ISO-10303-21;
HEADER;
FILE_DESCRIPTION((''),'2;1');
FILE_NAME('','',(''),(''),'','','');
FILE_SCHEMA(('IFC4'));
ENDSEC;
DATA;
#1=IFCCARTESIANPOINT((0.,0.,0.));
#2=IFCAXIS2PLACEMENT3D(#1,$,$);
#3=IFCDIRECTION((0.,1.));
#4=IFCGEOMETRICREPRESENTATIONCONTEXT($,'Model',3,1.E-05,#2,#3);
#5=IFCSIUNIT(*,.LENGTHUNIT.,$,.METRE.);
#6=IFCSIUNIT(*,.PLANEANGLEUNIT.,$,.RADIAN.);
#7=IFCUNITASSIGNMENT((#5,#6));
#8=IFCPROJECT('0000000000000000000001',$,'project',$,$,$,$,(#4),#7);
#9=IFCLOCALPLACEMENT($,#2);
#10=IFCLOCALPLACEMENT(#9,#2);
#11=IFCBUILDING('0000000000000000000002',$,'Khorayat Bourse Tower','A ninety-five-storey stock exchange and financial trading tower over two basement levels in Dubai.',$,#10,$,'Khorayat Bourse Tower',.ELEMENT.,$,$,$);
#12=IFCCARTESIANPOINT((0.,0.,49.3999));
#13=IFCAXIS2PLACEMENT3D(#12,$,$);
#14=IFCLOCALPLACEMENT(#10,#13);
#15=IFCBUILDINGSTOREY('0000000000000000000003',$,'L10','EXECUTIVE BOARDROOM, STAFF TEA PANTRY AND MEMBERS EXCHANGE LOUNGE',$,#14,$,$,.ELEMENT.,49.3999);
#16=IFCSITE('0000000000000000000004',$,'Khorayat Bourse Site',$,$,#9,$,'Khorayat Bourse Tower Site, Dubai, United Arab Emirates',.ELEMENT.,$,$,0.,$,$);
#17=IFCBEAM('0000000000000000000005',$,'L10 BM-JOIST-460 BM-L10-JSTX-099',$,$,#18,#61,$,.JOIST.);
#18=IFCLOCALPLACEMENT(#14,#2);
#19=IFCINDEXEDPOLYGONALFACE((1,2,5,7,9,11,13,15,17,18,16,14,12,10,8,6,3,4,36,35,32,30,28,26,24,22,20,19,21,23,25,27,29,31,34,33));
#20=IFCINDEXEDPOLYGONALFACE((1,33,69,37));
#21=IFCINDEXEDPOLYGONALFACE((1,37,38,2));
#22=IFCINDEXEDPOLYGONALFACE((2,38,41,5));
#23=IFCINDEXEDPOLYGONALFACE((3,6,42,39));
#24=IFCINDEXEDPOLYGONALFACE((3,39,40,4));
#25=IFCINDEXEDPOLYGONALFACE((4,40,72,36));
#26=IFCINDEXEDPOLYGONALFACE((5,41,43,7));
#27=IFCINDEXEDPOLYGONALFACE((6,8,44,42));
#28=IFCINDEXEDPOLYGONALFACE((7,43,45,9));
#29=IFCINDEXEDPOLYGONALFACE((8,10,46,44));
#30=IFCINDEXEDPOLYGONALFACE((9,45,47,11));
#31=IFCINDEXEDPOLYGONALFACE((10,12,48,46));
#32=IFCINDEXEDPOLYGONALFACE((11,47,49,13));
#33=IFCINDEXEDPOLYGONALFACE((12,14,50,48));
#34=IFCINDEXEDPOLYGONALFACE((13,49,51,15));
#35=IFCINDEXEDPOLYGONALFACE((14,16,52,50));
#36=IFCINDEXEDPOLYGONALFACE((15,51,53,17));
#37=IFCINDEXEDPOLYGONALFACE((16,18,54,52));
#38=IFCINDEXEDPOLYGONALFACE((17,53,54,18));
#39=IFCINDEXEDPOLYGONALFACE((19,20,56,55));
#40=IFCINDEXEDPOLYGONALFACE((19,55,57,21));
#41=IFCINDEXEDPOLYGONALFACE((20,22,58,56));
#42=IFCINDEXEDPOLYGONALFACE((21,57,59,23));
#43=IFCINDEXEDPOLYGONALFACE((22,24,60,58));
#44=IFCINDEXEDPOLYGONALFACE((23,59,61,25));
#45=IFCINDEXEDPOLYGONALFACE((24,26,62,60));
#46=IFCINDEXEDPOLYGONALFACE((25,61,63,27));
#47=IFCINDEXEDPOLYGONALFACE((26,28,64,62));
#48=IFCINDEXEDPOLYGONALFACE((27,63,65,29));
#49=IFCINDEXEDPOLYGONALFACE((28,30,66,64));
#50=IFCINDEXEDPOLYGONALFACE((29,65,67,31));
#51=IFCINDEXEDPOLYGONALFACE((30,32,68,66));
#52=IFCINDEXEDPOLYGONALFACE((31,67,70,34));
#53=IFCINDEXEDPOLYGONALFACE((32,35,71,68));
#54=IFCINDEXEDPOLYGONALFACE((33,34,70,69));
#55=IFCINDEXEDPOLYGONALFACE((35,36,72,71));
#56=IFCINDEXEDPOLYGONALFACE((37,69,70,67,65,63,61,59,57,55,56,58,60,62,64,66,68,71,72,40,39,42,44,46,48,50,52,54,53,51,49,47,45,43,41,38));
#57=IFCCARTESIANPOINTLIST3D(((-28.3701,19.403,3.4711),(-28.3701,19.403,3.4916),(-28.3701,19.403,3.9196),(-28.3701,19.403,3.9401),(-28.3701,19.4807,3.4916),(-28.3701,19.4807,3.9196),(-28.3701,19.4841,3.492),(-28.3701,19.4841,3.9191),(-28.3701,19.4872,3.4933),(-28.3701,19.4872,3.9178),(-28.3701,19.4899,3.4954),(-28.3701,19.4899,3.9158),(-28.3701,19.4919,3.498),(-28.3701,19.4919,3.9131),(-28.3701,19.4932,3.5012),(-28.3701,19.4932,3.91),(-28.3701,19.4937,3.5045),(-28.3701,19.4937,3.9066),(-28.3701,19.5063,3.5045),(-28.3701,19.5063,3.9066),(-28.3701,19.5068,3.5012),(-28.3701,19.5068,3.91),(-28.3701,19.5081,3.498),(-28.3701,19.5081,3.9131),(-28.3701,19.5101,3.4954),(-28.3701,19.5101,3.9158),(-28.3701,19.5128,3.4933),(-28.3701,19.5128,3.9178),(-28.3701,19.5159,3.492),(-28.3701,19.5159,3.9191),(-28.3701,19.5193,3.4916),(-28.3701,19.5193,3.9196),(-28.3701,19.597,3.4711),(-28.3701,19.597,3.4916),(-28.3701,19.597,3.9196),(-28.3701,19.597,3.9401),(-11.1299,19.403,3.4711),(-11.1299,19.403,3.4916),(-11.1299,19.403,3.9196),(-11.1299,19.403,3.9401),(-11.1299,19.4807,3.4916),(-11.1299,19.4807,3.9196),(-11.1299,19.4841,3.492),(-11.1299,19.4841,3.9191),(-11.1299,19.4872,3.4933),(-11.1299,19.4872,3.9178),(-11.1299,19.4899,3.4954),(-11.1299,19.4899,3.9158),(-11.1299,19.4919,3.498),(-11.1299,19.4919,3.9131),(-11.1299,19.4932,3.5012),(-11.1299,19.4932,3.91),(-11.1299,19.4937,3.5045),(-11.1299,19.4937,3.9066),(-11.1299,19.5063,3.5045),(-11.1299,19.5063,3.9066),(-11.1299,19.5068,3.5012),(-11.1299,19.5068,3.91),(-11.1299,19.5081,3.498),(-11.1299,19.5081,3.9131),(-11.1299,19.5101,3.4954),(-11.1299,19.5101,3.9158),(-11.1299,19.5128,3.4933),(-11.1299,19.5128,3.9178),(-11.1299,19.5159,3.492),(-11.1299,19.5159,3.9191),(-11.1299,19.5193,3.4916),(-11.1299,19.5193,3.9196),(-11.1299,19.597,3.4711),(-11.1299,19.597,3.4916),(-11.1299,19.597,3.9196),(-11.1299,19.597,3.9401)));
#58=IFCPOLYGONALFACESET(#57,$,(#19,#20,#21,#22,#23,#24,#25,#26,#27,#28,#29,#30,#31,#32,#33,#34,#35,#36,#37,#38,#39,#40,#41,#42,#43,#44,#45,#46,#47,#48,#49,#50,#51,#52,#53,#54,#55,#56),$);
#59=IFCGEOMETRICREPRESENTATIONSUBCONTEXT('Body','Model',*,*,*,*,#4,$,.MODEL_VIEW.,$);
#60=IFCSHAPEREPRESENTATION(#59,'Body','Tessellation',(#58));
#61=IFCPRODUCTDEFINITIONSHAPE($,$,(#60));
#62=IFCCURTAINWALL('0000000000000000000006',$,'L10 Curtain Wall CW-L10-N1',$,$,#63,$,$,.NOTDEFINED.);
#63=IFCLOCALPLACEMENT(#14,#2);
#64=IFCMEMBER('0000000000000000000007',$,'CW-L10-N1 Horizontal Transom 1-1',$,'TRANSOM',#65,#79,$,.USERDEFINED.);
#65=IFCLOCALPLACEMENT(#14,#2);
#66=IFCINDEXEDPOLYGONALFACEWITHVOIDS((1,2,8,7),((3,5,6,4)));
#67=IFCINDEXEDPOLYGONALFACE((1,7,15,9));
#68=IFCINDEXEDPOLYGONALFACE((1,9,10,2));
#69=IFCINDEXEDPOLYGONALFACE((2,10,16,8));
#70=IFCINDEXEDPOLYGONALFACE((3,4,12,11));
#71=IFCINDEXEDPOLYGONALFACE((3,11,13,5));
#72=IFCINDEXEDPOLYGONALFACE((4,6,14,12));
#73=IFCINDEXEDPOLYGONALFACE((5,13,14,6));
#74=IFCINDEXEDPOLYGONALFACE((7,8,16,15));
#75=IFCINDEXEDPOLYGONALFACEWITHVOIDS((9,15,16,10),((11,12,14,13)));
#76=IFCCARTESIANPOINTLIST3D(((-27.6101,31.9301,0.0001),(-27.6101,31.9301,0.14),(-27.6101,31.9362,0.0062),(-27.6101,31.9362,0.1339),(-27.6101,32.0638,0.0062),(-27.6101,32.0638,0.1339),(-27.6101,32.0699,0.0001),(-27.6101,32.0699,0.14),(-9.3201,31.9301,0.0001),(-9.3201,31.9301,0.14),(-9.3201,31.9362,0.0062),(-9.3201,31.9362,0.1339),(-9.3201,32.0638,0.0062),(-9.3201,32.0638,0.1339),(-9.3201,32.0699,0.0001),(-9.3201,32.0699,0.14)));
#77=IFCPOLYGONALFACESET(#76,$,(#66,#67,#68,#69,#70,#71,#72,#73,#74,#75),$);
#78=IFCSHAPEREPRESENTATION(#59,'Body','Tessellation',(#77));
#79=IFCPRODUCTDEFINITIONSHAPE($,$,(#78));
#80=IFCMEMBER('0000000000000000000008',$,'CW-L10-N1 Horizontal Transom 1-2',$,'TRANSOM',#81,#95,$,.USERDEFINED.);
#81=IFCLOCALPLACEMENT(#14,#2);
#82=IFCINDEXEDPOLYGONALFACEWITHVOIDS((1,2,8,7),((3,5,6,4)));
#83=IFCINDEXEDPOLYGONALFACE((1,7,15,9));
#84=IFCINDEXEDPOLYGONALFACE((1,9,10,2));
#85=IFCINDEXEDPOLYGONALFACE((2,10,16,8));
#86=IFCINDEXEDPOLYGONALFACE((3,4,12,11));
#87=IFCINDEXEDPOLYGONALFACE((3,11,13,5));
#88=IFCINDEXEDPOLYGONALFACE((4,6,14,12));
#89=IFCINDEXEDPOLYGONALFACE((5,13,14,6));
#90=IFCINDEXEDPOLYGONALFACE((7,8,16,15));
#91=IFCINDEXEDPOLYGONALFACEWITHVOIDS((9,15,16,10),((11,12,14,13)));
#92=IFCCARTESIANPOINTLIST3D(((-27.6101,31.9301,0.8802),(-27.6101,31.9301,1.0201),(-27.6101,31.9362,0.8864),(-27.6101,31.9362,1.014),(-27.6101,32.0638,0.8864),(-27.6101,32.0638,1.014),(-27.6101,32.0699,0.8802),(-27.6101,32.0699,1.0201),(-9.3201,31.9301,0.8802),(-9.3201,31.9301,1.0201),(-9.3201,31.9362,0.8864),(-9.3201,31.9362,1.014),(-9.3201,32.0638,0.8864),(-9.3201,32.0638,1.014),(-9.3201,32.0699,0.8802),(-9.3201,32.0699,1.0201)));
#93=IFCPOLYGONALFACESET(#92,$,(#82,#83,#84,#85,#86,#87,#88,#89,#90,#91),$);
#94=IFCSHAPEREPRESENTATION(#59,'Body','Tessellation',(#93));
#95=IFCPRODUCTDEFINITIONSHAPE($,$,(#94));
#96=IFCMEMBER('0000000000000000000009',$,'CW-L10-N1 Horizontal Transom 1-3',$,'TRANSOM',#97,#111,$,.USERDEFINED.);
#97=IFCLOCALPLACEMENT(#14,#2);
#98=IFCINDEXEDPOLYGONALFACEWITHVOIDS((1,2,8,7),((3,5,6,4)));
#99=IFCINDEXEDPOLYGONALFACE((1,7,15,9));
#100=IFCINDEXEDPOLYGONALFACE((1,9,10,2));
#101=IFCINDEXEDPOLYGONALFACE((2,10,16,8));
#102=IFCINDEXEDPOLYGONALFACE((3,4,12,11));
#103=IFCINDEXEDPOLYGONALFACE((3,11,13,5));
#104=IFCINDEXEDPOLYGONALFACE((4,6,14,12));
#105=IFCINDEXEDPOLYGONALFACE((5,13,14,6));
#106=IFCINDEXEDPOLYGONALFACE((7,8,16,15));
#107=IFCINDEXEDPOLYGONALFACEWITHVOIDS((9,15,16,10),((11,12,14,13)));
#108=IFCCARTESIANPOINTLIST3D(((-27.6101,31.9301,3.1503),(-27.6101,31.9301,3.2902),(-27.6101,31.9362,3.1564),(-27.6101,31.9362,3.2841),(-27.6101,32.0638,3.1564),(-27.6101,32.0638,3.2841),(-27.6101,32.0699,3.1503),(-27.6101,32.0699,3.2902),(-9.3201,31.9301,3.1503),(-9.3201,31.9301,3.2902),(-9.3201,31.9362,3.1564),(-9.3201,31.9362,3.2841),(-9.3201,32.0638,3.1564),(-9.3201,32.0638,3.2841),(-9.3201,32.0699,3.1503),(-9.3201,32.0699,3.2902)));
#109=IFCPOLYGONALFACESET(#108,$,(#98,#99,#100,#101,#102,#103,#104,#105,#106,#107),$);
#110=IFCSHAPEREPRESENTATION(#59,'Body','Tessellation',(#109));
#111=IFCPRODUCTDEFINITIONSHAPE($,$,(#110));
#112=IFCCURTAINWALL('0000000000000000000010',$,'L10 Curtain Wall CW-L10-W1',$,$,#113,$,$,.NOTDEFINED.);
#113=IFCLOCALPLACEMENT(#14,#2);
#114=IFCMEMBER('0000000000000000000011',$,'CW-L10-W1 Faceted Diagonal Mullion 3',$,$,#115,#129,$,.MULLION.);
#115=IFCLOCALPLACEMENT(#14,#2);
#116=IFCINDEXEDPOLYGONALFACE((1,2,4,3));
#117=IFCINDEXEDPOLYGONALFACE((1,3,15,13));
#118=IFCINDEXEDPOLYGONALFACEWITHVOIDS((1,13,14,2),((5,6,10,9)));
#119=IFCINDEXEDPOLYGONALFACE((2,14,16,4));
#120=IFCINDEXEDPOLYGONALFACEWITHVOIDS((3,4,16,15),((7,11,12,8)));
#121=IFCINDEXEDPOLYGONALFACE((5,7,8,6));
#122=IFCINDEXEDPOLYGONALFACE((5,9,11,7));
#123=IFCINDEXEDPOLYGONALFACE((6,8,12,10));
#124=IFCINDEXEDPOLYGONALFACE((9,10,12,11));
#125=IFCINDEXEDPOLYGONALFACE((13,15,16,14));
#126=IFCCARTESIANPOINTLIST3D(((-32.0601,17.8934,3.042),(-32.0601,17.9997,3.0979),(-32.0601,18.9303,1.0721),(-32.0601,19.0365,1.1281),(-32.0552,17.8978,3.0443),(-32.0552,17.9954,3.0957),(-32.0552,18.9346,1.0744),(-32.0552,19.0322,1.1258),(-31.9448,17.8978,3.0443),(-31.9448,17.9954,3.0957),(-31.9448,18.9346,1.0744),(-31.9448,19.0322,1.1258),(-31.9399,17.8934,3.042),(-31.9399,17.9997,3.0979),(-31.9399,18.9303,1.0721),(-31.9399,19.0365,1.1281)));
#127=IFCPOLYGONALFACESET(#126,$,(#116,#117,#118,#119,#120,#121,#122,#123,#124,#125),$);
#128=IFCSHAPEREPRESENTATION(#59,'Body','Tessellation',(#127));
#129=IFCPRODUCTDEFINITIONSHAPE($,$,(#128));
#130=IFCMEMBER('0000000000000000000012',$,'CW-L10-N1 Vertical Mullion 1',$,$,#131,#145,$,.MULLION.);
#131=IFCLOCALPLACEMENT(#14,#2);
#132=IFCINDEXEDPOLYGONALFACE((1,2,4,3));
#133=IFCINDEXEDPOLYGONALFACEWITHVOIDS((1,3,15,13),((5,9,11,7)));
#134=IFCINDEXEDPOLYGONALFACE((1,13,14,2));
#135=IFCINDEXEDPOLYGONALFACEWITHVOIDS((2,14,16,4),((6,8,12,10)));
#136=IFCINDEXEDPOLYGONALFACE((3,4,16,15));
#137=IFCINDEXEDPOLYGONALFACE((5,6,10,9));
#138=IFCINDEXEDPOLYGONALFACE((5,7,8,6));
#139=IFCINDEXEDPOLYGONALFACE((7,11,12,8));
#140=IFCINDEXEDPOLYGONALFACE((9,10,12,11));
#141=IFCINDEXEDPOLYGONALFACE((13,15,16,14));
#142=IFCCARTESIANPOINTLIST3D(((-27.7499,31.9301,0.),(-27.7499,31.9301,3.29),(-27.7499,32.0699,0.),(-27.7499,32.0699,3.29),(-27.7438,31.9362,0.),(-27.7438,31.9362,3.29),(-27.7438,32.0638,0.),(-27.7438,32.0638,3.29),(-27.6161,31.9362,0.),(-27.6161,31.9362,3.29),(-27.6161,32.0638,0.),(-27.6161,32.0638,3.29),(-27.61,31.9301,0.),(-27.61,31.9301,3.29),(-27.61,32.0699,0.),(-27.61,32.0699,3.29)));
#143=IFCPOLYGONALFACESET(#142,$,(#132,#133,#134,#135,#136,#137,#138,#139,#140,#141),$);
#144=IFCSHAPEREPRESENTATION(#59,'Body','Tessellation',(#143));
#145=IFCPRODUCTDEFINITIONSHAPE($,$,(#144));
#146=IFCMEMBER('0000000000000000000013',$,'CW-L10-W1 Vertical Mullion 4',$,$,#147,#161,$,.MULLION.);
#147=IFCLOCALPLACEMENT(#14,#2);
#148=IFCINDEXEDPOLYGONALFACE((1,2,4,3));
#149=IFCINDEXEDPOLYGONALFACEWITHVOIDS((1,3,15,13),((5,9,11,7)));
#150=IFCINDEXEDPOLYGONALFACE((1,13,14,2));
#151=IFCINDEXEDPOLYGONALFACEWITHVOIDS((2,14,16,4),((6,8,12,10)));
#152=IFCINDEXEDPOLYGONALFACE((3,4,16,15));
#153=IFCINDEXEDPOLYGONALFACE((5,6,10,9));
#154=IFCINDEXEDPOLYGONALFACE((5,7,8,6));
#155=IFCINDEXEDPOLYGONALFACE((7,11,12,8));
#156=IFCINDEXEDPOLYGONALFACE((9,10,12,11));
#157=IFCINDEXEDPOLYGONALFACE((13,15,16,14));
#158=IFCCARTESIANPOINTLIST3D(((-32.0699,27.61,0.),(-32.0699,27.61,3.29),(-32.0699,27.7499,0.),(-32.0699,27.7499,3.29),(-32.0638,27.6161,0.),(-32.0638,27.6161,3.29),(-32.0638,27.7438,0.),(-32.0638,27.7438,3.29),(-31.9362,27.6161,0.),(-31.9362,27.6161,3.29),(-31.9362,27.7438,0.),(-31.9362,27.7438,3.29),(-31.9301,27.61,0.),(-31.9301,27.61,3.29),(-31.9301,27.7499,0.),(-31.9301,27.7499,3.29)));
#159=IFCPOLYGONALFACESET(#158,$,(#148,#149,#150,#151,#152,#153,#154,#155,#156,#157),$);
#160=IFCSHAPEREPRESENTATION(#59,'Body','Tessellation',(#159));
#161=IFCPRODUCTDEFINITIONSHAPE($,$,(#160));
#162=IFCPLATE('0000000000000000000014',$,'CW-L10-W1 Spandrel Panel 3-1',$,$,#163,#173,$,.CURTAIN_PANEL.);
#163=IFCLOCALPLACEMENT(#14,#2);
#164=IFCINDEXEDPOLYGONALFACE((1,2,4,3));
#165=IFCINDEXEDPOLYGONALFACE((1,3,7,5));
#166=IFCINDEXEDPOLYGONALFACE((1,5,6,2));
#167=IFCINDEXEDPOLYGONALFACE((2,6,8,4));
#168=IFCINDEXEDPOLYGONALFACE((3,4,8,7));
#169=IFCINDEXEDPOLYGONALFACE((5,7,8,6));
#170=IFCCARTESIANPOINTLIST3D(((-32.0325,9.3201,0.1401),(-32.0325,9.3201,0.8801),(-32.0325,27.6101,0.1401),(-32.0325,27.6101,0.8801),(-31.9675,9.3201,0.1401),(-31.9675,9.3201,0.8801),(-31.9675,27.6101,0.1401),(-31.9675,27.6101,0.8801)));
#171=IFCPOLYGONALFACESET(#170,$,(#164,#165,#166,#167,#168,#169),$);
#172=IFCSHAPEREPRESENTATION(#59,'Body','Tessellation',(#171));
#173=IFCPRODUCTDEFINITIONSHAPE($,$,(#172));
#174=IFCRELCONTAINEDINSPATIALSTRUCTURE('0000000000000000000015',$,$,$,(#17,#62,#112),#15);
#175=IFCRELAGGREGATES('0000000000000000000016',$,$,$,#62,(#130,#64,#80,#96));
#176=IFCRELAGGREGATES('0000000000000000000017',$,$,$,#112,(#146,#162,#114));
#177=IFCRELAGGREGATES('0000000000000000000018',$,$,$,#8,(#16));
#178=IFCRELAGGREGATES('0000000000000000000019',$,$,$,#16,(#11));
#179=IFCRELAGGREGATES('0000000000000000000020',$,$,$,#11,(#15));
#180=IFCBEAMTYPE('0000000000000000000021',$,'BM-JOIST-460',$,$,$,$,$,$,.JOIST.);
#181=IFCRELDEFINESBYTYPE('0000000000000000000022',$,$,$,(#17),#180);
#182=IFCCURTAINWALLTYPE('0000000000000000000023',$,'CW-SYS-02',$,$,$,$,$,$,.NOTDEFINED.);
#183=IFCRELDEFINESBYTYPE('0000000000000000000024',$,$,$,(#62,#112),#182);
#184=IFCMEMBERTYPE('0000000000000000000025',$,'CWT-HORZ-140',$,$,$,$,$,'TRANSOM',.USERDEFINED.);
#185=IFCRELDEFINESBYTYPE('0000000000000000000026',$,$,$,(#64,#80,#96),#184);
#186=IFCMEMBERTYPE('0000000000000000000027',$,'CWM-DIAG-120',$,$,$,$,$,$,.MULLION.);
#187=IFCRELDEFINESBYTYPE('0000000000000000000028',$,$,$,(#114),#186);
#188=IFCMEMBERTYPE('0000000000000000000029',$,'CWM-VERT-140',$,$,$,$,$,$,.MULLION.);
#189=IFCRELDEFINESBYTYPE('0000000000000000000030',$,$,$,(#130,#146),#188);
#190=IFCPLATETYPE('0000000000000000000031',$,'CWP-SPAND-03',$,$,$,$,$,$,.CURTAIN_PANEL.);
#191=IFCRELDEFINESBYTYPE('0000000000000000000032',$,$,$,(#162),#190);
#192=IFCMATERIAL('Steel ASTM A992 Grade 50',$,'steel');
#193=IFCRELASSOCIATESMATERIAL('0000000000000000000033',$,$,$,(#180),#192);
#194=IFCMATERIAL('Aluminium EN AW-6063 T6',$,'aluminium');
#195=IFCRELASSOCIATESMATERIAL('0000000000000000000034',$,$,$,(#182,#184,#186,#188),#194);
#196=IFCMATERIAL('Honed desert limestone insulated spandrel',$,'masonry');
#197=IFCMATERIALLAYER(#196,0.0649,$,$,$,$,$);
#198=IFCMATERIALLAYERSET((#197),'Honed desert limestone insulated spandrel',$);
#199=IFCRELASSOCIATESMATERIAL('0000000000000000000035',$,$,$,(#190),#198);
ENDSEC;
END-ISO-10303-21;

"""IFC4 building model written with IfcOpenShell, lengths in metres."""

from ifc_helpers import new_model, si_unit, direction, frame, origin, origin_2d, place, context, subcontext, project, spatial, rectangle, hollow_rectangle, i_section, extrude, source, transform, mapped, material, layer, layer_set, material_profile, profile_set, type_object, element, aggregate, save


model = new_model("IFC4")

# Units and contexts
model_context = context("Model", 3, precision=1e-05, world=origin(), true_north=direction((0.0, 1.0)))
body_context = subcontext(model_context, "Body", "Model", "MODEL_VIEW")
ifc_project = project(units=[si_unit("LENGTHUNIT", "METRE"), si_unit("PLANEANGLEUNIT", "RADIAN")], contexts=[model_context])

# Site, building, storey
site_placement = place(None, origin())
site = spatial("IfcSite", under=ifc_project, at=site_placement, Name="Khorayat Bourse Site", LongName="Khorayat Bourse Tower Site, Dubai, United Arab Emirates", CompositionType="ELEMENT", RefElevation=0.0)
building_placement = place(site_placement, origin())
building = spatial("IfcBuilding", under=site, at=building_placement, Name="Khorayat Bourse Tower", Description="A ninety-five-storey stock exchange and financial trading tower over two basement levels in Dubai.", LongName="Khorayat Bourse Tower", CompositionType="ELEMENT")
storey_placement = place(building_placement, frame((0.0, 0.0, 49.3999)))
storey = spatial("IfcBuildingStorey", under=building, at=storey_placement, Name="L10", Description="EXECUTIVE BOARDROOM, STAFF TEA PANTRY AND MEMBERS EXCHANGE LOUNGE", CompositionType="ELEMENT", Elevation=49.3999)

# Beam
ifc_material_1 = material(Name="Steel ASTM A992 Grade 50", Category="steel")
ifc_material_profile_1 = material_profile(ifc_material_1, i_section(OverallWidth=0.1941, OverallDepth=0.469, WebThickness=0.0127, FlangeThickness=0.0205, FilletRadius=0.0129, at=origin_2d()), Name="W460X106")
ifc_profile_set_1 = profile_set([ifc_material_profile_1], Name="Steel ASTM A992 Grade 50")
beam_type_1 = type_object("IfcBeamType", Name="BM-JOIST-460", PredefinedType="JOIST", material=ifc_profile_set_1)
shared_shape_1 = source(origin(), body_context, "Body", "SweptSolid", [
    extrude(i_section(OverallWidth=0.1941, OverallDepth=0.469, WebThickness=0.0127, FlangeThickness=0.0205, FilletRadius=0.0129, at=origin_2d()), origin(), (0.0, 0.0, 1.0), 17.2402),
])
beam_1_placement = place(storey_placement, frame((-28.3701, 19.5, 3.7056), z_axis=(1.0, 0.0, 0.0), x_axis=(0.0, 1.0, 0.0)))
element("IfcBeam", 1, at=beam_1_placement, inside=storey, type_object=beam_type_1, Name="L10 BM-JOIST-460 BM-L10-JSTX-099", PredefinedType="JOIST", context=body_context, shape_type="MappedRepresentation", body=[
    mapped(shared_shape_1, transform((0.0, 0.0, 0.0), scale=1.0)),
])

# Curtain wall, members
ifc_material_2 = material(Name="Aluminium EN AW-6063 T6", Category="aluminium")
curtain_wall_type = type_object("IfcCurtainWallType", Name="CW-SYS-02", PredefinedType="NOTDEFINED", material=ifc_material_2)
curtain_wall_1_placement = place(storey_placement, origin())
curtain_wall_1 = element("IfcCurtainWall", 2, at=curtain_wall_1_placement, inside=storey, type_object=curtain_wall_type, Name="L10 Curtain Wall CW-L10-N1", PredefinedType="NOTDEFINED")
ifc_material_profile_2 = material_profile(ifc_material_2, hollow_rectangle(XDim=0.1399, YDim=0.1399, WallThickness=0.0061, at=origin_2d()), Name="ALU 140x140x6")
ifc_profile_set_2 = profile_set([ifc_material_profile_2], Name="Aluminium EN AW-6063 T6")
member_type_1 = type_object("IfcMemberType", Name="CWT-HORZ-140", ElementType="TRANSOM", PredefinedType="USERDEFINED", material=ifc_profile_set_2)
shared_shape_2 = source(origin(), body_context, "Body", "SweptSolid", [
    extrude(hollow_rectangle(XDim=0.1399, YDim=0.1399, WallThickness=0.0061, at=origin_2d()), origin(), (0.0, 0.0, 1.0), 18.29),
])
member_1_placement = place(storey_placement, frame((-27.6101, 32.0, 0.0701), z_axis=(1.0, 0.0, 0.0), x_axis=(0.0, 1.0, 0.0)))
member_1 = element("IfcMember", 3, at=member_1_placement, type_object=member_type_1, Name="CW-L10-N1 Horizontal Transom 1-1", ObjectType="TRANSOM", PredefinedType="USERDEFINED", context=body_context, shape_type="MappedRepresentation", body=[
    mapped(shared_shape_2, transform((0.0, 0.0, 0.0), scale=1.0)),
])
member_2_placement = place(storey_placement, frame((-27.6101, 32.0, 0.9502), z_axis=(1.0, 0.0, 0.0), x_axis=(0.0, 1.0, 0.0)))
member_2 = element("IfcMember", 4, at=member_2_placement, type_object=member_type_1, Name="CW-L10-N1 Horizontal Transom 1-2", ObjectType="TRANSOM", PredefinedType="USERDEFINED", context=body_context, shape_type="MappedRepresentation", body=[
    mapped(shared_shape_2, transform((0.0, 0.0, 0.0), scale=1.0)),
])
member_3_placement = place(storey_placement, frame((-27.6101, 32.0, 3.2202), z_axis=(1.0, 0.0, 0.0), x_axis=(0.0, 1.0, 0.0)))
member_3 = element("IfcMember", 5, at=member_3_placement, type_object=member_type_1, Name="CW-L10-N1 Horizontal Transom 1-3", ObjectType="TRANSOM", PredefinedType="USERDEFINED", context=body_context, shape_type="MappedRepresentation", body=[
    mapped(shared_shape_2, transform((0.0, 0.0, 0.0), scale=1.0)),
])

# Curtain wall, member
curtain_wall_2_placement = place(storey_placement, origin())
curtain_wall_2 = element("IfcCurtainWall", 6, at=curtain_wall_2_placement, inside=storey, type_object=curtain_wall_type, Name="L10 Curtain Wall CW-L10-W1", PredefinedType="NOTDEFINED")
ifc_material_profile_3 = material_profile(ifc_material_2, hollow_rectangle(XDim=0.1201, YDim=0.1201, WallThickness=0.0049, at=origin_2d()), Name="ALU 120x120x5")
ifc_profile_set_3 = profile_set([ifc_material_profile_3], Name="Aluminium EN AW-6063 T6")
member_type_2 = type_object("IfcMemberType", Name="CWM-DIAG-120", PredefinedType="MULLION", material=ifc_profile_set_3)
shared_shape_3 = source(origin(), body_context, "Body", "SweptSolid", [
    extrude(hollow_rectangle(XDim=0.1201, YDim=0.1201, WallThickness=0.0049, at=origin_2d()), origin(), (0.0, 0.0, 1.0), 2.2261),
])
member_4_placement = place(storey_placement, frame((-32.0, 18.9834, 1.1001), z_axis=(0.0, -0.46576, 0.884911), x_axis=(1.0, 0.0, 0.0)))
member_4 = element("IfcMember", 7, at=member_4_placement, type_object=member_type_2, Name="CW-L10-W1 Faceted Diagonal Mullion 3", PredefinedType="MULLION", context=body_context, shape_type="MappedRepresentation", body=[
    mapped(shared_shape_3, transform((0.0, 0.0, 0.0), scale=1.0)),
])

# Members
ifc_material_profile_4 = material_profile(ifc_material_2, hollow_rectangle(XDim=0.1399, YDim=0.1399, WallThickness=0.0061, at=origin_2d()), Name="ALU 140x140x6")
ifc_profile_set_4 = profile_set([ifc_material_profile_4], Name="Aluminium EN AW-6063 T6")
member_type_3 = type_object("IfcMemberType", Name="CWM-VERT-140", PredefinedType="MULLION", material=ifc_profile_set_4)
shared_shape_4 = source(origin(), body_context, "Body", "SweptSolid", [
    extrude(hollow_rectangle(XDim=0.1399, YDim=0.1399, WallThickness=0.0061, at=origin_2d()), origin(), (0.0, 0.0, 1.0), 3.29),
])
member_5_placement = place(storey_placement, frame((-27.6799, 32.0, 0.0), z_axis=(0.0, 0.0, 1.0), x_axis=(0.0, 1.0, 0.0)))
member_5 = element("IfcMember", 8, at=member_5_placement, type_object=member_type_3, Name="CW-L10-N1 Vertical Mullion 1", PredefinedType="MULLION", context=body_context, shape_type="MappedRepresentation", body=[
    mapped(shared_shape_4, transform((0.0, 0.0, 0.0), scale=1.0)),
])
aggregate(curtain_wall_1, [member_5, member_1, member_2, member_3])
member_6_placement = place(storey_placement, frame((-32.0, 27.6799, 0.0), z_axis=(0.0, 0.0, 1.0), x_axis=(-1.0, 0.0, 0.0)))
member_6 = element("IfcMember", 9, at=member_6_placement, type_object=member_type_3, Name="CW-L10-W1 Vertical Mullion 4", PredefinedType="MULLION", context=body_context, shape_type="MappedRepresentation", body=[
    mapped(shared_shape_4, transform((0.0, 0.0, 0.0), scale=1.0)),
])

# Plate
ifc_material_3 = material(Name="Honed desert limestone insulated spandrel", Category="masonry")
ifc_layer_1 = layer(ifc_material_3, 0.0649)
ifc_layer_set_1 = layer_set([ifc_layer_1], Name="Honed desert limestone insulated spandrel")
plate_type_1 = type_object("IfcPlateType", Name="CWP-SPAND-03", PredefinedType="CURTAIN_PANEL", material=ifc_layer_set_1)
shared_shape_5 = source(origin(), body_context, "Body", "SweptSolid", [
    extrude(rectangle(XDim=18.29, YDim=0.0649, at=origin_2d()), origin(), (0.0, 0.0, 1.0), 0.74),
])
plate_1_placement = place(storey_placement, frame((-32.0, 18.4651, 0.1401), z_axis=(0.0, 0.0, 1.0), x_axis=(0.0, 1.0, 0.0)))
plate_1 = element("IfcPlate", 10, at=plate_1_placement, type_object=plate_type_1, Name="CW-L10-W1 Spandrel Panel 3-1", PredefinedType="CURTAIN_PANEL", context=body_context, shape_type="MappedRepresentation", body=[
    mapped(shared_shape_5, transform((0.0, 0.0, 0.0), scale=1.0)),
])
aggregate(curtain_wall_2, [member_6, plate_1, member_4])

save(model, "model.ifc")
